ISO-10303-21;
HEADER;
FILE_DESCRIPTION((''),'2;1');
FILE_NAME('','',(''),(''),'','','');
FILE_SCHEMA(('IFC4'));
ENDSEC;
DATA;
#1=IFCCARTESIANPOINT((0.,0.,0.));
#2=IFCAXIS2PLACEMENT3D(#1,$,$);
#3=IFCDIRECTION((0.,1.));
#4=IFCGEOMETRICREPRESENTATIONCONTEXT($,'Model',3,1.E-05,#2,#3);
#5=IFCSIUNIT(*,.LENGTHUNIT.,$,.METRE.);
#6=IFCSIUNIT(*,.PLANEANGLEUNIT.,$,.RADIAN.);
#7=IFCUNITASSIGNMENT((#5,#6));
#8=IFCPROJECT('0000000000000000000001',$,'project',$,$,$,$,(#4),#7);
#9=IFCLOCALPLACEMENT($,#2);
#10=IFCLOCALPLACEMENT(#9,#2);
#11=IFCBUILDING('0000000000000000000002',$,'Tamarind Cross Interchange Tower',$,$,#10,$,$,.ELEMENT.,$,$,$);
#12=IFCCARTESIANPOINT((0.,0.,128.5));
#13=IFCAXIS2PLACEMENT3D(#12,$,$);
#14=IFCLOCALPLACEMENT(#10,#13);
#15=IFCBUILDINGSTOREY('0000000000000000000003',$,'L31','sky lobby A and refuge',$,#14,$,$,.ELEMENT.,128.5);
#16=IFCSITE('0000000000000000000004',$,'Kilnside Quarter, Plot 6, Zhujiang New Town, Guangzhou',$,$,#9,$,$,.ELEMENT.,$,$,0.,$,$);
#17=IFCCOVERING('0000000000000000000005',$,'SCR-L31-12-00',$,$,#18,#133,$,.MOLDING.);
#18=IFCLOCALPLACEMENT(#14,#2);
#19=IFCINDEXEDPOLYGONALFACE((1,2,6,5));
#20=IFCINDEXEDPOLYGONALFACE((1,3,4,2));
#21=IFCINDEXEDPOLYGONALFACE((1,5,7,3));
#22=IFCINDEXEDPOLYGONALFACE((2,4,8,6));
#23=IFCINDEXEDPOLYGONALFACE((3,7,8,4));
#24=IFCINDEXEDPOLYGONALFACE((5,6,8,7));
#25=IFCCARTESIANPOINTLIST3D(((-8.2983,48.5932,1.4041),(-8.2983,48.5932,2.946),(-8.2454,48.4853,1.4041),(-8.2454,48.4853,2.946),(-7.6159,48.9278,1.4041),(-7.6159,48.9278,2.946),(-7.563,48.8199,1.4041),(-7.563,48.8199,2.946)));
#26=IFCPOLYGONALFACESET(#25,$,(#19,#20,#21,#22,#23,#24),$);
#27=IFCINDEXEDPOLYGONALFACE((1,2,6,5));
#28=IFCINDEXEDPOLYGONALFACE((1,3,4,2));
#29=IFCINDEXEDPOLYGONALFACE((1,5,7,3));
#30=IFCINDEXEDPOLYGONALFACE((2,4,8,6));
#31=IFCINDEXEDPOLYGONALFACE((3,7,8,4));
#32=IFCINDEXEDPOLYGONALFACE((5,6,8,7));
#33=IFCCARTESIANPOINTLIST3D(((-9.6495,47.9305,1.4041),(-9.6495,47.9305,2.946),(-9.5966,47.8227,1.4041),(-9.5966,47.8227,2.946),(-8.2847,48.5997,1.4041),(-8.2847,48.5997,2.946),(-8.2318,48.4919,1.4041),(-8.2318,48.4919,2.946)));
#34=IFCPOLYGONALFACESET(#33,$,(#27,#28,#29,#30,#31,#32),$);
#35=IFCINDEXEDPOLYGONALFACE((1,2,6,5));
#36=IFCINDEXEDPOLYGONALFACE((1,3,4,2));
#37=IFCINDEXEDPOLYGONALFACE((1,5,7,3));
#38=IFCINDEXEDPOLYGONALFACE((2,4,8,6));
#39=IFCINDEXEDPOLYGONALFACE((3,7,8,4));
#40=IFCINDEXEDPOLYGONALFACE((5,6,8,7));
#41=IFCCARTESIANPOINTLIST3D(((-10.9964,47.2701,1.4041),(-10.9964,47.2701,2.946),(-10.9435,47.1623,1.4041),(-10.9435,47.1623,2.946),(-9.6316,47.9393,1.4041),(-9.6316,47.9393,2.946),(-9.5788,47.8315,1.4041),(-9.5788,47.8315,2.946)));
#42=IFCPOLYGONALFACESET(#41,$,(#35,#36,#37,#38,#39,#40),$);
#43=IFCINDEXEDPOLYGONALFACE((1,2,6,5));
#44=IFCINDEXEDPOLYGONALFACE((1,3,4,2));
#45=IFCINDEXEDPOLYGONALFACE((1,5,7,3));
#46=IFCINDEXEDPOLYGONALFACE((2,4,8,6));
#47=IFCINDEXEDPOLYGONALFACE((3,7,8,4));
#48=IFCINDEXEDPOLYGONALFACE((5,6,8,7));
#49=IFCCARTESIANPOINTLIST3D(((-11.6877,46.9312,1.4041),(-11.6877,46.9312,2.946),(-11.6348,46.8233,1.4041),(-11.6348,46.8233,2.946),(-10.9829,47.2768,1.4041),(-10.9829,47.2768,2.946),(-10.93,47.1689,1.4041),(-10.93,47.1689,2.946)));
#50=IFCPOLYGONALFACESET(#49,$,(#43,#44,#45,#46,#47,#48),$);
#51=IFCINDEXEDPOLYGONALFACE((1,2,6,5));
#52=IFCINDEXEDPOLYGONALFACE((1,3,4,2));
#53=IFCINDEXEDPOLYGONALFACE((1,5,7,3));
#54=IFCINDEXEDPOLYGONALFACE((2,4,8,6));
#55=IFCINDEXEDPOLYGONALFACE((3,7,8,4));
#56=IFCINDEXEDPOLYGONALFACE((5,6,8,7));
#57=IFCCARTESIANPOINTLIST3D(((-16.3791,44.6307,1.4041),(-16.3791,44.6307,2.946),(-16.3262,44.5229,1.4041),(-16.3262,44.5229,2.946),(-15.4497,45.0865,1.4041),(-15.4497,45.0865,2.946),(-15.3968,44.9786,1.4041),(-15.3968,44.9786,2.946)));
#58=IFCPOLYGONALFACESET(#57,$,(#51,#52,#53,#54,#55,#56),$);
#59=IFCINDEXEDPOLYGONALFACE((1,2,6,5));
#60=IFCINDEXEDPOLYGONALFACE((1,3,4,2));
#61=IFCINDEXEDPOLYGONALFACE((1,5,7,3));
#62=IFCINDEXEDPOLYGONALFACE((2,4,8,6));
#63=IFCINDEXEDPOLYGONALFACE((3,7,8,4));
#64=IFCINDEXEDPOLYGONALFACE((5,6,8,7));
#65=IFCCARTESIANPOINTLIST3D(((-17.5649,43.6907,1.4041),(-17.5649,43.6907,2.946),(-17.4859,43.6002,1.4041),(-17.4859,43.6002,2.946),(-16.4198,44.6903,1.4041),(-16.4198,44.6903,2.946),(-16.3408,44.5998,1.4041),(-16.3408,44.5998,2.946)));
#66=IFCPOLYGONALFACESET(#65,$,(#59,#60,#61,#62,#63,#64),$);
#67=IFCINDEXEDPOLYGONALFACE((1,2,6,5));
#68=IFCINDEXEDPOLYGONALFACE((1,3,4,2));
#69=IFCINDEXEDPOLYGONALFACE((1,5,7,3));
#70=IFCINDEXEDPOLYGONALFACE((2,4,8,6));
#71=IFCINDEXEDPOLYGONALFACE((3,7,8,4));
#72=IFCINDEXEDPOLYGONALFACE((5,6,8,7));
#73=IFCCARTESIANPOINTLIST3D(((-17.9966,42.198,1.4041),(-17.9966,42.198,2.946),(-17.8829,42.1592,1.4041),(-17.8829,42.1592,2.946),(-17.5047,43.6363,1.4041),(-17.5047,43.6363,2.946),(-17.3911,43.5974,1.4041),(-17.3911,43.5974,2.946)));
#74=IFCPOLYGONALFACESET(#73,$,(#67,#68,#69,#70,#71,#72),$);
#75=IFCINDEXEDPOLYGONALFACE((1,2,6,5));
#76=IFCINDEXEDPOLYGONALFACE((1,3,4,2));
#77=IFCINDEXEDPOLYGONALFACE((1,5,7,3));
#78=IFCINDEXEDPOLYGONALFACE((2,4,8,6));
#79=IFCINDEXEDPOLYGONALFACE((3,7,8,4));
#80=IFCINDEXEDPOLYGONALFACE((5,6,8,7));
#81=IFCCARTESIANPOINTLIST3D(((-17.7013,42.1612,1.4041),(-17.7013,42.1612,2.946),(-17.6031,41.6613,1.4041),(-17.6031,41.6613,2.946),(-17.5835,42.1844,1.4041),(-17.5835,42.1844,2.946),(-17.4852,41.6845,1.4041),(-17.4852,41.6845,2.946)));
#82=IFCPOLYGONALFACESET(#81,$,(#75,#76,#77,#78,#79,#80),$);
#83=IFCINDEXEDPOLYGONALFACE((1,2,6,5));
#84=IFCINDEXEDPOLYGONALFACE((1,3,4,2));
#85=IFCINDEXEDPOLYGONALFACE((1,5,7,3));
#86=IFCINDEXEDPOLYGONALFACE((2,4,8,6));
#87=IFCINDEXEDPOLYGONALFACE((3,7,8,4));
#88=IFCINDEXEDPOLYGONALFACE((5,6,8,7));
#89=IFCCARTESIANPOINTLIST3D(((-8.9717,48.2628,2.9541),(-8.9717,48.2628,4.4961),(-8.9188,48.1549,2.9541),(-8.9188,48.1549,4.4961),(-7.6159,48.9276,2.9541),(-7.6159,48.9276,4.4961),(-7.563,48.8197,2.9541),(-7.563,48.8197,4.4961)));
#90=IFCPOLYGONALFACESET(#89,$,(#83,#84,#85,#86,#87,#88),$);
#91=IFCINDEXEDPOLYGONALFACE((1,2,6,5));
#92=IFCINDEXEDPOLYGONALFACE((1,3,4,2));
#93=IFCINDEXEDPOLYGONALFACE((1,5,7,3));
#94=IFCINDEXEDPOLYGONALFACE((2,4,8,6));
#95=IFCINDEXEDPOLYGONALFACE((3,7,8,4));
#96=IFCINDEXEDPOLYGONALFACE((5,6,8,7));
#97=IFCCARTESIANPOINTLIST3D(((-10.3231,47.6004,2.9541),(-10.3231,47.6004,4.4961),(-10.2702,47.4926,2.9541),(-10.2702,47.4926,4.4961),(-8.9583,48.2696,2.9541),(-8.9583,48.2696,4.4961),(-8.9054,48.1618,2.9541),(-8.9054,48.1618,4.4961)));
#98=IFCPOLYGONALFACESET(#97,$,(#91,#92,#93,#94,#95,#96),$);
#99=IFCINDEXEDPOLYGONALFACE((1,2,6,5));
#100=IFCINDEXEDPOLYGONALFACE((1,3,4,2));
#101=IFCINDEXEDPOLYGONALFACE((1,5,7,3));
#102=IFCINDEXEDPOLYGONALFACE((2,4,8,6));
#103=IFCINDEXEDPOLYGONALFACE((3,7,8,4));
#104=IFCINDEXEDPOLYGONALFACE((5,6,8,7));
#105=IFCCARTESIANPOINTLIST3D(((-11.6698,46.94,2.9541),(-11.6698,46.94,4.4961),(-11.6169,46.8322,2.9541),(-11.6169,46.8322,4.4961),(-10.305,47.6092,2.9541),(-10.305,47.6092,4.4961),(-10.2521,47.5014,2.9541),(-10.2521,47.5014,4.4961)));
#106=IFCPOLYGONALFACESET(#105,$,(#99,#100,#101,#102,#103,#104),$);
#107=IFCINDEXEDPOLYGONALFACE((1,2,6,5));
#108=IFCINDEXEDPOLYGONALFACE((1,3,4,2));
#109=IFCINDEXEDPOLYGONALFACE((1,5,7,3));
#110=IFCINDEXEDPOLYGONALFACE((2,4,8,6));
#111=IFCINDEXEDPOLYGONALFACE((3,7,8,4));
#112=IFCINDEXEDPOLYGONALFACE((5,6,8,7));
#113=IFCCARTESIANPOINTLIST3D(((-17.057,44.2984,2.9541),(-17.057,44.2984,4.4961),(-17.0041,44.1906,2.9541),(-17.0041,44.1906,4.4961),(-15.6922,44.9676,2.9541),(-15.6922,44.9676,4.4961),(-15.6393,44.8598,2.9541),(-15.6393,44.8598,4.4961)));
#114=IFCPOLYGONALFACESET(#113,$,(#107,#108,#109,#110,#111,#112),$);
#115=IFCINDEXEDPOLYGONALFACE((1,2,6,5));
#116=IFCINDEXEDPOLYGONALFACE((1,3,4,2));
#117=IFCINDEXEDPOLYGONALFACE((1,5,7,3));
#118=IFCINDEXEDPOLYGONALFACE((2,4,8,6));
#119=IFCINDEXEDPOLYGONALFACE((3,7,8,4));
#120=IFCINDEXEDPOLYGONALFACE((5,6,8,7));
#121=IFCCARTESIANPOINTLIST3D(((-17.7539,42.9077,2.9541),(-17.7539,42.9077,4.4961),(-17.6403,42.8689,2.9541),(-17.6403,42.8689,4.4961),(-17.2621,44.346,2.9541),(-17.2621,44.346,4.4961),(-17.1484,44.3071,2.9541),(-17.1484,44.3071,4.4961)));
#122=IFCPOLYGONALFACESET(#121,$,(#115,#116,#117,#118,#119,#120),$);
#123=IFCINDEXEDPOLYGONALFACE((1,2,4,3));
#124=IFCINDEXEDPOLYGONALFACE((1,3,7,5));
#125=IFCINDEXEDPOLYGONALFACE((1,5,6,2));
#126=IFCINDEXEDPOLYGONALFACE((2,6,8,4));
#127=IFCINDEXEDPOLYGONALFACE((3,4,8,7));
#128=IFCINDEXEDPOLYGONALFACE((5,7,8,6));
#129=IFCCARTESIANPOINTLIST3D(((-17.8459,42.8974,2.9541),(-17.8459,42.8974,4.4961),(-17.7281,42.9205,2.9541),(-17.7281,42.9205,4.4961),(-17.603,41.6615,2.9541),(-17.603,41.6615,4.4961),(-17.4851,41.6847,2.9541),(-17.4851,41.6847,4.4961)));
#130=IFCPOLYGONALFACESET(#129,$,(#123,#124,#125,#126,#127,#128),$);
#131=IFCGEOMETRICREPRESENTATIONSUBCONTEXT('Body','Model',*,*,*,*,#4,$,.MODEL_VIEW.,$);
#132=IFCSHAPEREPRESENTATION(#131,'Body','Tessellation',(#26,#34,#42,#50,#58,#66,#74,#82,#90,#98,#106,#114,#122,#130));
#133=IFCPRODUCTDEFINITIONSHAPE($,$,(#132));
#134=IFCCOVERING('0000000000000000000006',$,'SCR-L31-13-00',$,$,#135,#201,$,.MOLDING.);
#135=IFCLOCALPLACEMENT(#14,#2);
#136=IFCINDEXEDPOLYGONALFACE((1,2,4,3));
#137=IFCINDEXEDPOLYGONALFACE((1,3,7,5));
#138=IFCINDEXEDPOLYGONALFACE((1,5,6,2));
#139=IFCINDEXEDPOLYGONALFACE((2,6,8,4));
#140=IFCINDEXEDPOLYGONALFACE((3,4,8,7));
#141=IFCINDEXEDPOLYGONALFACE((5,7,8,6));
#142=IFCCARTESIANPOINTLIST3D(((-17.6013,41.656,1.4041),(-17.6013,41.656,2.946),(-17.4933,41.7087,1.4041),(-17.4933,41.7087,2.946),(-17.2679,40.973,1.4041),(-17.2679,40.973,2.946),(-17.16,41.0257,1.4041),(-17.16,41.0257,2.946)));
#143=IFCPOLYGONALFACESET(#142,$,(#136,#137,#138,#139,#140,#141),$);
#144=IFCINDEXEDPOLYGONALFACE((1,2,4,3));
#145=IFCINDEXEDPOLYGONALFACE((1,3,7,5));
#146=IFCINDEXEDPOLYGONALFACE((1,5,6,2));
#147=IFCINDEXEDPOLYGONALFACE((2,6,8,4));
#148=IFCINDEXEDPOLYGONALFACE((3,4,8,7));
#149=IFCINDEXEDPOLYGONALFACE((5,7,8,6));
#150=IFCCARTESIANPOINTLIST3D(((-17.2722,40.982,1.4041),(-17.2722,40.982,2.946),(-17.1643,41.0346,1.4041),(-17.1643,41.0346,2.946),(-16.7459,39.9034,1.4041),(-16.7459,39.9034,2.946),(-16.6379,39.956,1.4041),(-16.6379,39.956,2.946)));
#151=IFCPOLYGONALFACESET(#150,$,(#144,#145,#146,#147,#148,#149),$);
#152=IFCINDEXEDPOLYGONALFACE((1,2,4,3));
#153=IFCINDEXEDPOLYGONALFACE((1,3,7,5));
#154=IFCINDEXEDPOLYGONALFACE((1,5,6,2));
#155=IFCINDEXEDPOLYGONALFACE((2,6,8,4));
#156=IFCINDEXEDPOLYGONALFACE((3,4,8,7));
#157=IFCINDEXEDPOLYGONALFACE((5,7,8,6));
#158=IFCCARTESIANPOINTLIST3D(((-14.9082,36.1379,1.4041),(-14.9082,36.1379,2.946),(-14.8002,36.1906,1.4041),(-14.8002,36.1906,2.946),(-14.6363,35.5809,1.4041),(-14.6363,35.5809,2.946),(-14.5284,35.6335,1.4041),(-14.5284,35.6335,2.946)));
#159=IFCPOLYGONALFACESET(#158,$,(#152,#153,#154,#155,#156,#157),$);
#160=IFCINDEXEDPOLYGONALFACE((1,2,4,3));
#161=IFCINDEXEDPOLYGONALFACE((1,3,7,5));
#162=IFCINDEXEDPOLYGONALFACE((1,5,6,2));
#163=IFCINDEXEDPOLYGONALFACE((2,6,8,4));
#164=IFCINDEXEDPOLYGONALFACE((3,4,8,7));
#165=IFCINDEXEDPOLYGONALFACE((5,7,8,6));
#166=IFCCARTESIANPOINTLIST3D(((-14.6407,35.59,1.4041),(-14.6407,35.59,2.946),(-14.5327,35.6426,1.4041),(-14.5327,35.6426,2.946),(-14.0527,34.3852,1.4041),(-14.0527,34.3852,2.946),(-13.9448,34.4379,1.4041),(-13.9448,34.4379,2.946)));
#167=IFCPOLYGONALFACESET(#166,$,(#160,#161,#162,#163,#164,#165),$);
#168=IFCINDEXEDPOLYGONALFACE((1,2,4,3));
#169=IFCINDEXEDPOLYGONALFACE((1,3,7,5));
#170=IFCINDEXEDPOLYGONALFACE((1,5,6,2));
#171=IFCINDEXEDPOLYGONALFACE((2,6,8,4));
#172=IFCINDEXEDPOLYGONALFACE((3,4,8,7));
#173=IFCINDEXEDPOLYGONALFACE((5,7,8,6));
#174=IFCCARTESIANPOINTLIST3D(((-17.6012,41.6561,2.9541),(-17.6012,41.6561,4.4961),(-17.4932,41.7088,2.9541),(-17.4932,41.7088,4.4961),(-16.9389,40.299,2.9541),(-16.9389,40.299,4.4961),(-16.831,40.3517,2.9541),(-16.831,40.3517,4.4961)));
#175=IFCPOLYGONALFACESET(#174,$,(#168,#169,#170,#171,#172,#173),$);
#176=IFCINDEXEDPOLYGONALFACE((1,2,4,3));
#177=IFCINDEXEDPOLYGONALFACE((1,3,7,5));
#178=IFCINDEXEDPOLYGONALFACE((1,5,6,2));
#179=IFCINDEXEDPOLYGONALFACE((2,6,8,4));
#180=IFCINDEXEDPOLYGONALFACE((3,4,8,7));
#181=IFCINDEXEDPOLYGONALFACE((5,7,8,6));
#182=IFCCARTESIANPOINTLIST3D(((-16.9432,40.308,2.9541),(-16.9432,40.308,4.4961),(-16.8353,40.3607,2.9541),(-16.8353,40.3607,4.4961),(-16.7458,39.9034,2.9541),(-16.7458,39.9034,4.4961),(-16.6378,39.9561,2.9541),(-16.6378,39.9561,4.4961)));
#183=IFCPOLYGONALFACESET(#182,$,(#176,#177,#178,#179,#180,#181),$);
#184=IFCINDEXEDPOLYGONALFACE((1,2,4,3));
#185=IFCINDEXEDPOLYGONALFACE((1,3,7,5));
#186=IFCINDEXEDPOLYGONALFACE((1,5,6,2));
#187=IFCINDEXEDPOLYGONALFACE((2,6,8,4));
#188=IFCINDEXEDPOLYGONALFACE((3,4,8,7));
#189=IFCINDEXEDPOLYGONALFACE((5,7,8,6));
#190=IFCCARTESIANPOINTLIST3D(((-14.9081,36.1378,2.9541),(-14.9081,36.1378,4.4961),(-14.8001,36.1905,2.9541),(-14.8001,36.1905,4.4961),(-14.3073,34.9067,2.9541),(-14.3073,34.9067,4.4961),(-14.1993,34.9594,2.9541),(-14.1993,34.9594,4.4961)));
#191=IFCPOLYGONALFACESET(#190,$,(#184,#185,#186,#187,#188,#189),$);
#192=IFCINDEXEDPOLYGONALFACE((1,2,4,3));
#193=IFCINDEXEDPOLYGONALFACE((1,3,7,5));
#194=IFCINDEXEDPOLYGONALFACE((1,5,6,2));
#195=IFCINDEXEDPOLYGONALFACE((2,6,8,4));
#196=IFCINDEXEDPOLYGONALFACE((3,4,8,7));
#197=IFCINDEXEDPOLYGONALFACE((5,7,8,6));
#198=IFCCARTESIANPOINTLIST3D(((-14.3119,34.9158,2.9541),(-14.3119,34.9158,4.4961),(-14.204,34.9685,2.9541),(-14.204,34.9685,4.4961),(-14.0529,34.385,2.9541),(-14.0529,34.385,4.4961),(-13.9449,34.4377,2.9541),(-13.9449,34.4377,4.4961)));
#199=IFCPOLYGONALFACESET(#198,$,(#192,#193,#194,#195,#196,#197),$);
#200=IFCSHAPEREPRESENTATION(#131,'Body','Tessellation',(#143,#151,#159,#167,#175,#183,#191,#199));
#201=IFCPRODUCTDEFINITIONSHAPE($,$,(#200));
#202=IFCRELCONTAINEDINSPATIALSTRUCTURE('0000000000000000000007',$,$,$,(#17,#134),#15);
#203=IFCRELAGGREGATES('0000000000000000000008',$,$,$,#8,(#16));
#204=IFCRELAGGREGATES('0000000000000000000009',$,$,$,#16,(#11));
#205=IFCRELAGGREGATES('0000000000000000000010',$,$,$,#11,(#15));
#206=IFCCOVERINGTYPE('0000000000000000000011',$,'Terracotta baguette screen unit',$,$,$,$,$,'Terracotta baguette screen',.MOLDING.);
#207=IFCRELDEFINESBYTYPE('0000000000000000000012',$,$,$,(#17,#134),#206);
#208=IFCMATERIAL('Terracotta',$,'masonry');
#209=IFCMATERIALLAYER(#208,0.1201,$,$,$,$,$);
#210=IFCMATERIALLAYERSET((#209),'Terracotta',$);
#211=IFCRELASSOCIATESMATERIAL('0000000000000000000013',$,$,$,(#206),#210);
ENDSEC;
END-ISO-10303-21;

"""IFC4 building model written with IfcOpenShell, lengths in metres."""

from ifc_helpers import new_model, si_unit, direction, frame, origin, origin_2d, place, context, subcontext, project, spatial, rectangle, extrude, material, layer, layer_set, type_object, element, save


model = new_model("IFC4")

# Units and contexts
model_context = context("Model", 3, precision=1e-05, world=origin(), true_north=direction((0.0, 1.0)))
body_context = subcontext(model_context, "Body", "Model", "MODEL_VIEW")
ifc_project = project(units=[si_unit("LENGTHUNIT", "METRE"), si_unit("PLANEANGLEUNIT", "RADIAN")], contexts=[model_context])

# Site, building, storey
site_placement = place(None, origin())
site = spatial("IfcSite", under=ifc_project, at=site_placement, Name="Kilnside Quarter, Plot 6, Zhujiang New Town, Guangzhou", CompositionType="ELEMENT", RefElevation=0.0)
building_placement = place(site_placement, origin())
building = spatial("IfcBuilding", under=site, at=building_placement, Name="Tamarind Cross Interchange Tower", CompositionType="ELEMENT")
storey_placement = place(building_placement, frame((0.0, 0.0, 128.5)))
storey = spatial("IfcBuildingStorey", under=building, at=storey_placement, Name="L31", Description="sky lobby A and refuge", CompositionType="ELEMENT", Elevation=128.5)

# Coverings
ifc_material_1 = material(Name="Terracotta", Category="masonry")
ifc_layer_1 = layer(ifc_material_1, 0.1201)
ifc_layer_set_1 = layer_set([ifc_layer_1], Name="Terracotta")
covering_type = type_object("IfcCoveringType", Name="Terracotta baguette screen unit", ElementType="Terracotta baguette screen", PredefinedType="MOLDING", material=ifc_layer_set_1)
covering_1_placement = place(storey_placement, origin())
element("IfcCovering", 1, at=covering_1_placement, inside=storey, type_object=covering_type, Name="SCR-L31-12-00", PredefinedType="MOLDING", context=body_context, shape_type="SweptSolid", body=[
    extrude(rectangle(XDim=0.76, YDim=0.1201, at=origin_2d()), frame((-7.9307, 48.7065, 1.4041), z_axis=(0.0, 0.0, 1.0), x_axis=(-0.897874, -0.440253, 0.0)), (0.0, 0.0, 1.0), 1.542),
    extrude(rectangle(XDim=1.52, YDim=0.1201, at=origin_2d()), frame((-8.9407, 48.2112, 1.4041), z_axis=(0.0, 0.0, 1.0), x_axis=(-0.897874, -0.440253, 0.0)), (0.0, 0.0, 1.0), 1.542),
    extrude(rectangle(XDim=1.52, YDim=0.1201, at=origin_2d()), frame((-10.2876, 47.5508, 1.4041), z_axis=(0.0, 0.0, 1.0), x_axis=(-0.897874, -0.440253, 0.0)), (0.0, 0.0, 1.0), 1.542),
    extrude(rectangle(XDim=0.7849, YDim=0.1201, at=origin_2d()), frame((-11.3088, 47.05, 1.4041), z_axis=(0.0, 0.0, 1.0), x_axis=(-0.897874, -0.440253, 0.0)), (0.0, 0.0, 1.0), 1.542),
    extrude(rectangle(XDim=1.0352, YDim=0.1201, at=origin_2d()), frame((-15.8879, 44.8047, 1.4041), z_axis=(0.0, 0.0, 1.0), x_axis=(-0.897874, -0.440253, 0.0)), (0.0, 0.0, 1.0), 1.542),
    extrude(rectangle(XDim=1.52, YDim=0.1201, at=origin_2d()), frame((-16.9529, 44.1453, 1.4041), z_axis=(0.0, 0.0, 1.0), x_axis=(-0.753334, -0.657638, 0.0)), (0.0, 0.0, 1.0), 1.542),
    extrude(rectangle(XDim=1.52, YDim=0.1201, at=origin_2d()), frame((-17.6938, 42.8977, 1.4041), z_axis=(0.0, 0.0, 1.0), x_axis=(-0.323587, -0.946198, 0.0)), (0.0, 0.0, 1.0), 1.542),
    extrude(rectangle(XDim=0.5095, YDim=0.1201, at=origin_2d()), frame((-17.5933, 41.9229, 1.4041), z_axis=(0.0, 0.0, 1.0), x_axis=(0.192864, -0.981225, 0.0)), (0.0, 0.0, 1.0), 1.542),
    extrude(rectangle(XDim=1.51, YDim=0.1201, at=origin_2d()), frame((-8.2673, 48.5413, 2.9541), z_axis=(0.0, 0.0, 1.0), x_axis=(-0.897874, -0.440253, 0.0)), (0.0, 0.0, 1.0), 1.542),
    extrude(rectangle(XDim=1.52, YDim=0.1201, at=origin_2d()), frame((-9.6143, 47.8811, 2.9541), z_axis=(0.0, 0.0, 1.0), x_axis=(-0.897874, -0.440253, 0.0)), (0.0, 0.0, 1.0), 1.542),
    extrude(rectangle(XDim=1.52, YDim=0.1201, at=origin_2d()), frame((-10.9609, 47.2207, 2.9541), z_axis=(0.0, 0.0, 1.0), x_axis=(-0.897874, -0.440253, 0.0)), (0.0, 0.0, 1.0), 1.542),
    extrude(rectangle(XDim=1.52, YDim=0.1201, at=origin_2d()), frame((-16.3481, 44.5791, 2.9541), z_axis=(0.0, 0.0, 1.0), x_axis=(-0.897874, -0.440253, 0.0)), (0.0, 0.0, 1.0), 1.542),
    extrude(rectangle(XDim=1.52, YDim=0.1201, at=origin_2d()), frame((-17.4512, 43.6074, 2.9541), z_axis=(0.0, 0.0, 1.0), x_axis=(-0.323587, -0.946198, 0.0)), (0.0, 0.0, 1.0), 1.542),
    extrude(rectangle(XDim=1.2595, YDim=0.1201, at=origin_2d()), frame((-17.6655, 42.291, 2.9541), z_axis=(0.0, 0.0, 1.0), x_axis=(0.192864, -0.981225, 0.0)), (0.0, 0.0, 1.0), 1.542),
])
covering_2_placement = place(storey_placement, origin())
element("IfcCovering", 2, at=covering_2_placement, inside=storey, type_object=covering_type, Name="SCR-L31-13-00", PredefinedType="MOLDING", context=body_context, shape_type="SweptSolid", body=[
    extrude(rectangle(XDim=0.76, YDim=0.1201, at=origin_2d()), frame((-17.3806, 41.3408, 1.4041), z_axis=(0.0, 0.0, 1.0), x_axis=(0.438583, -0.898691, 0.0)), (0.0, 0.0, 1.0), 1.542),
    extrude(rectangle(XDim=1.2002, YDim=0.1201, at=origin_2d()), frame((-16.9551, 40.469, 1.4041), z_axis=(0.0, 0.0, 1.0), x_axis=(0.438583, -0.898691, 0.0)), (0.0, 0.0, 1.0), 1.542),
    extrude(rectangle(XDim=0.6199, YDim=0.1201, at=origin_2d()), frame((-14.7183, 35.8857, 1.4041), z_axis=(0.0, 0.0, 1.0), x_axis=(0.438583, -0.898691, 0.0)), (0.0, 0.0, 1.0), 1.542),
    extrude(rectangle(XDim=1.3406, YDim=0.1201, at=origin_2d()), frame((-14.2927, 35.0139, 1.4041), z_axis=(0.0, 0.0, 1.0), x_axis=(0.438583, -0.898691, 0.0)), (0.0, 0.0, 1.0), 1.542),
    extrude(rectangle(XDim=1.51, YDim=0.1201, at=origin_2d()), frame((-17.2161, 41.0039, 2.9541), z_axis=(0.0, 0.0, 1.0), x_axis=(0.438583, -0.898691, 0.0)), (0.0, 0.0, 1.0), 1.542),
    extrude(rectangle(XDim=0.4502, YDim=0.1201, at=origin_2d()), frame((-16.7905, 40.1321, 2.9541), z_axis=(0.0, 0.0, 1.0), x_axis=(0.438583, -0.898691, 0.0)), (0.0, 0.0, 1.0), 1.542),
    extrude(rectangle(XDim=1.3699, YDim=0.1201, at=origin_2d()), frame((-14.5537, 35.5486, 2.9541), z_axis=(0.0, 0.0, 1.0), x_axis=(0.438583, -0.898691, 0.0)), (0.0, 0.0, 1.0), 1.542),
    extrude(rectangle(XDim=0.5906, YDim=0.1201, at=origin_2d()), frame((-14.1284, 34.6768, 2.9541), z_axis=(0.0, 0.0, 1.0), x_axis=(0.438583, -0.898691, 0.0)), (0.0, 0.0, 1.0), 1.542),
])

save(model, "model.ifc")
